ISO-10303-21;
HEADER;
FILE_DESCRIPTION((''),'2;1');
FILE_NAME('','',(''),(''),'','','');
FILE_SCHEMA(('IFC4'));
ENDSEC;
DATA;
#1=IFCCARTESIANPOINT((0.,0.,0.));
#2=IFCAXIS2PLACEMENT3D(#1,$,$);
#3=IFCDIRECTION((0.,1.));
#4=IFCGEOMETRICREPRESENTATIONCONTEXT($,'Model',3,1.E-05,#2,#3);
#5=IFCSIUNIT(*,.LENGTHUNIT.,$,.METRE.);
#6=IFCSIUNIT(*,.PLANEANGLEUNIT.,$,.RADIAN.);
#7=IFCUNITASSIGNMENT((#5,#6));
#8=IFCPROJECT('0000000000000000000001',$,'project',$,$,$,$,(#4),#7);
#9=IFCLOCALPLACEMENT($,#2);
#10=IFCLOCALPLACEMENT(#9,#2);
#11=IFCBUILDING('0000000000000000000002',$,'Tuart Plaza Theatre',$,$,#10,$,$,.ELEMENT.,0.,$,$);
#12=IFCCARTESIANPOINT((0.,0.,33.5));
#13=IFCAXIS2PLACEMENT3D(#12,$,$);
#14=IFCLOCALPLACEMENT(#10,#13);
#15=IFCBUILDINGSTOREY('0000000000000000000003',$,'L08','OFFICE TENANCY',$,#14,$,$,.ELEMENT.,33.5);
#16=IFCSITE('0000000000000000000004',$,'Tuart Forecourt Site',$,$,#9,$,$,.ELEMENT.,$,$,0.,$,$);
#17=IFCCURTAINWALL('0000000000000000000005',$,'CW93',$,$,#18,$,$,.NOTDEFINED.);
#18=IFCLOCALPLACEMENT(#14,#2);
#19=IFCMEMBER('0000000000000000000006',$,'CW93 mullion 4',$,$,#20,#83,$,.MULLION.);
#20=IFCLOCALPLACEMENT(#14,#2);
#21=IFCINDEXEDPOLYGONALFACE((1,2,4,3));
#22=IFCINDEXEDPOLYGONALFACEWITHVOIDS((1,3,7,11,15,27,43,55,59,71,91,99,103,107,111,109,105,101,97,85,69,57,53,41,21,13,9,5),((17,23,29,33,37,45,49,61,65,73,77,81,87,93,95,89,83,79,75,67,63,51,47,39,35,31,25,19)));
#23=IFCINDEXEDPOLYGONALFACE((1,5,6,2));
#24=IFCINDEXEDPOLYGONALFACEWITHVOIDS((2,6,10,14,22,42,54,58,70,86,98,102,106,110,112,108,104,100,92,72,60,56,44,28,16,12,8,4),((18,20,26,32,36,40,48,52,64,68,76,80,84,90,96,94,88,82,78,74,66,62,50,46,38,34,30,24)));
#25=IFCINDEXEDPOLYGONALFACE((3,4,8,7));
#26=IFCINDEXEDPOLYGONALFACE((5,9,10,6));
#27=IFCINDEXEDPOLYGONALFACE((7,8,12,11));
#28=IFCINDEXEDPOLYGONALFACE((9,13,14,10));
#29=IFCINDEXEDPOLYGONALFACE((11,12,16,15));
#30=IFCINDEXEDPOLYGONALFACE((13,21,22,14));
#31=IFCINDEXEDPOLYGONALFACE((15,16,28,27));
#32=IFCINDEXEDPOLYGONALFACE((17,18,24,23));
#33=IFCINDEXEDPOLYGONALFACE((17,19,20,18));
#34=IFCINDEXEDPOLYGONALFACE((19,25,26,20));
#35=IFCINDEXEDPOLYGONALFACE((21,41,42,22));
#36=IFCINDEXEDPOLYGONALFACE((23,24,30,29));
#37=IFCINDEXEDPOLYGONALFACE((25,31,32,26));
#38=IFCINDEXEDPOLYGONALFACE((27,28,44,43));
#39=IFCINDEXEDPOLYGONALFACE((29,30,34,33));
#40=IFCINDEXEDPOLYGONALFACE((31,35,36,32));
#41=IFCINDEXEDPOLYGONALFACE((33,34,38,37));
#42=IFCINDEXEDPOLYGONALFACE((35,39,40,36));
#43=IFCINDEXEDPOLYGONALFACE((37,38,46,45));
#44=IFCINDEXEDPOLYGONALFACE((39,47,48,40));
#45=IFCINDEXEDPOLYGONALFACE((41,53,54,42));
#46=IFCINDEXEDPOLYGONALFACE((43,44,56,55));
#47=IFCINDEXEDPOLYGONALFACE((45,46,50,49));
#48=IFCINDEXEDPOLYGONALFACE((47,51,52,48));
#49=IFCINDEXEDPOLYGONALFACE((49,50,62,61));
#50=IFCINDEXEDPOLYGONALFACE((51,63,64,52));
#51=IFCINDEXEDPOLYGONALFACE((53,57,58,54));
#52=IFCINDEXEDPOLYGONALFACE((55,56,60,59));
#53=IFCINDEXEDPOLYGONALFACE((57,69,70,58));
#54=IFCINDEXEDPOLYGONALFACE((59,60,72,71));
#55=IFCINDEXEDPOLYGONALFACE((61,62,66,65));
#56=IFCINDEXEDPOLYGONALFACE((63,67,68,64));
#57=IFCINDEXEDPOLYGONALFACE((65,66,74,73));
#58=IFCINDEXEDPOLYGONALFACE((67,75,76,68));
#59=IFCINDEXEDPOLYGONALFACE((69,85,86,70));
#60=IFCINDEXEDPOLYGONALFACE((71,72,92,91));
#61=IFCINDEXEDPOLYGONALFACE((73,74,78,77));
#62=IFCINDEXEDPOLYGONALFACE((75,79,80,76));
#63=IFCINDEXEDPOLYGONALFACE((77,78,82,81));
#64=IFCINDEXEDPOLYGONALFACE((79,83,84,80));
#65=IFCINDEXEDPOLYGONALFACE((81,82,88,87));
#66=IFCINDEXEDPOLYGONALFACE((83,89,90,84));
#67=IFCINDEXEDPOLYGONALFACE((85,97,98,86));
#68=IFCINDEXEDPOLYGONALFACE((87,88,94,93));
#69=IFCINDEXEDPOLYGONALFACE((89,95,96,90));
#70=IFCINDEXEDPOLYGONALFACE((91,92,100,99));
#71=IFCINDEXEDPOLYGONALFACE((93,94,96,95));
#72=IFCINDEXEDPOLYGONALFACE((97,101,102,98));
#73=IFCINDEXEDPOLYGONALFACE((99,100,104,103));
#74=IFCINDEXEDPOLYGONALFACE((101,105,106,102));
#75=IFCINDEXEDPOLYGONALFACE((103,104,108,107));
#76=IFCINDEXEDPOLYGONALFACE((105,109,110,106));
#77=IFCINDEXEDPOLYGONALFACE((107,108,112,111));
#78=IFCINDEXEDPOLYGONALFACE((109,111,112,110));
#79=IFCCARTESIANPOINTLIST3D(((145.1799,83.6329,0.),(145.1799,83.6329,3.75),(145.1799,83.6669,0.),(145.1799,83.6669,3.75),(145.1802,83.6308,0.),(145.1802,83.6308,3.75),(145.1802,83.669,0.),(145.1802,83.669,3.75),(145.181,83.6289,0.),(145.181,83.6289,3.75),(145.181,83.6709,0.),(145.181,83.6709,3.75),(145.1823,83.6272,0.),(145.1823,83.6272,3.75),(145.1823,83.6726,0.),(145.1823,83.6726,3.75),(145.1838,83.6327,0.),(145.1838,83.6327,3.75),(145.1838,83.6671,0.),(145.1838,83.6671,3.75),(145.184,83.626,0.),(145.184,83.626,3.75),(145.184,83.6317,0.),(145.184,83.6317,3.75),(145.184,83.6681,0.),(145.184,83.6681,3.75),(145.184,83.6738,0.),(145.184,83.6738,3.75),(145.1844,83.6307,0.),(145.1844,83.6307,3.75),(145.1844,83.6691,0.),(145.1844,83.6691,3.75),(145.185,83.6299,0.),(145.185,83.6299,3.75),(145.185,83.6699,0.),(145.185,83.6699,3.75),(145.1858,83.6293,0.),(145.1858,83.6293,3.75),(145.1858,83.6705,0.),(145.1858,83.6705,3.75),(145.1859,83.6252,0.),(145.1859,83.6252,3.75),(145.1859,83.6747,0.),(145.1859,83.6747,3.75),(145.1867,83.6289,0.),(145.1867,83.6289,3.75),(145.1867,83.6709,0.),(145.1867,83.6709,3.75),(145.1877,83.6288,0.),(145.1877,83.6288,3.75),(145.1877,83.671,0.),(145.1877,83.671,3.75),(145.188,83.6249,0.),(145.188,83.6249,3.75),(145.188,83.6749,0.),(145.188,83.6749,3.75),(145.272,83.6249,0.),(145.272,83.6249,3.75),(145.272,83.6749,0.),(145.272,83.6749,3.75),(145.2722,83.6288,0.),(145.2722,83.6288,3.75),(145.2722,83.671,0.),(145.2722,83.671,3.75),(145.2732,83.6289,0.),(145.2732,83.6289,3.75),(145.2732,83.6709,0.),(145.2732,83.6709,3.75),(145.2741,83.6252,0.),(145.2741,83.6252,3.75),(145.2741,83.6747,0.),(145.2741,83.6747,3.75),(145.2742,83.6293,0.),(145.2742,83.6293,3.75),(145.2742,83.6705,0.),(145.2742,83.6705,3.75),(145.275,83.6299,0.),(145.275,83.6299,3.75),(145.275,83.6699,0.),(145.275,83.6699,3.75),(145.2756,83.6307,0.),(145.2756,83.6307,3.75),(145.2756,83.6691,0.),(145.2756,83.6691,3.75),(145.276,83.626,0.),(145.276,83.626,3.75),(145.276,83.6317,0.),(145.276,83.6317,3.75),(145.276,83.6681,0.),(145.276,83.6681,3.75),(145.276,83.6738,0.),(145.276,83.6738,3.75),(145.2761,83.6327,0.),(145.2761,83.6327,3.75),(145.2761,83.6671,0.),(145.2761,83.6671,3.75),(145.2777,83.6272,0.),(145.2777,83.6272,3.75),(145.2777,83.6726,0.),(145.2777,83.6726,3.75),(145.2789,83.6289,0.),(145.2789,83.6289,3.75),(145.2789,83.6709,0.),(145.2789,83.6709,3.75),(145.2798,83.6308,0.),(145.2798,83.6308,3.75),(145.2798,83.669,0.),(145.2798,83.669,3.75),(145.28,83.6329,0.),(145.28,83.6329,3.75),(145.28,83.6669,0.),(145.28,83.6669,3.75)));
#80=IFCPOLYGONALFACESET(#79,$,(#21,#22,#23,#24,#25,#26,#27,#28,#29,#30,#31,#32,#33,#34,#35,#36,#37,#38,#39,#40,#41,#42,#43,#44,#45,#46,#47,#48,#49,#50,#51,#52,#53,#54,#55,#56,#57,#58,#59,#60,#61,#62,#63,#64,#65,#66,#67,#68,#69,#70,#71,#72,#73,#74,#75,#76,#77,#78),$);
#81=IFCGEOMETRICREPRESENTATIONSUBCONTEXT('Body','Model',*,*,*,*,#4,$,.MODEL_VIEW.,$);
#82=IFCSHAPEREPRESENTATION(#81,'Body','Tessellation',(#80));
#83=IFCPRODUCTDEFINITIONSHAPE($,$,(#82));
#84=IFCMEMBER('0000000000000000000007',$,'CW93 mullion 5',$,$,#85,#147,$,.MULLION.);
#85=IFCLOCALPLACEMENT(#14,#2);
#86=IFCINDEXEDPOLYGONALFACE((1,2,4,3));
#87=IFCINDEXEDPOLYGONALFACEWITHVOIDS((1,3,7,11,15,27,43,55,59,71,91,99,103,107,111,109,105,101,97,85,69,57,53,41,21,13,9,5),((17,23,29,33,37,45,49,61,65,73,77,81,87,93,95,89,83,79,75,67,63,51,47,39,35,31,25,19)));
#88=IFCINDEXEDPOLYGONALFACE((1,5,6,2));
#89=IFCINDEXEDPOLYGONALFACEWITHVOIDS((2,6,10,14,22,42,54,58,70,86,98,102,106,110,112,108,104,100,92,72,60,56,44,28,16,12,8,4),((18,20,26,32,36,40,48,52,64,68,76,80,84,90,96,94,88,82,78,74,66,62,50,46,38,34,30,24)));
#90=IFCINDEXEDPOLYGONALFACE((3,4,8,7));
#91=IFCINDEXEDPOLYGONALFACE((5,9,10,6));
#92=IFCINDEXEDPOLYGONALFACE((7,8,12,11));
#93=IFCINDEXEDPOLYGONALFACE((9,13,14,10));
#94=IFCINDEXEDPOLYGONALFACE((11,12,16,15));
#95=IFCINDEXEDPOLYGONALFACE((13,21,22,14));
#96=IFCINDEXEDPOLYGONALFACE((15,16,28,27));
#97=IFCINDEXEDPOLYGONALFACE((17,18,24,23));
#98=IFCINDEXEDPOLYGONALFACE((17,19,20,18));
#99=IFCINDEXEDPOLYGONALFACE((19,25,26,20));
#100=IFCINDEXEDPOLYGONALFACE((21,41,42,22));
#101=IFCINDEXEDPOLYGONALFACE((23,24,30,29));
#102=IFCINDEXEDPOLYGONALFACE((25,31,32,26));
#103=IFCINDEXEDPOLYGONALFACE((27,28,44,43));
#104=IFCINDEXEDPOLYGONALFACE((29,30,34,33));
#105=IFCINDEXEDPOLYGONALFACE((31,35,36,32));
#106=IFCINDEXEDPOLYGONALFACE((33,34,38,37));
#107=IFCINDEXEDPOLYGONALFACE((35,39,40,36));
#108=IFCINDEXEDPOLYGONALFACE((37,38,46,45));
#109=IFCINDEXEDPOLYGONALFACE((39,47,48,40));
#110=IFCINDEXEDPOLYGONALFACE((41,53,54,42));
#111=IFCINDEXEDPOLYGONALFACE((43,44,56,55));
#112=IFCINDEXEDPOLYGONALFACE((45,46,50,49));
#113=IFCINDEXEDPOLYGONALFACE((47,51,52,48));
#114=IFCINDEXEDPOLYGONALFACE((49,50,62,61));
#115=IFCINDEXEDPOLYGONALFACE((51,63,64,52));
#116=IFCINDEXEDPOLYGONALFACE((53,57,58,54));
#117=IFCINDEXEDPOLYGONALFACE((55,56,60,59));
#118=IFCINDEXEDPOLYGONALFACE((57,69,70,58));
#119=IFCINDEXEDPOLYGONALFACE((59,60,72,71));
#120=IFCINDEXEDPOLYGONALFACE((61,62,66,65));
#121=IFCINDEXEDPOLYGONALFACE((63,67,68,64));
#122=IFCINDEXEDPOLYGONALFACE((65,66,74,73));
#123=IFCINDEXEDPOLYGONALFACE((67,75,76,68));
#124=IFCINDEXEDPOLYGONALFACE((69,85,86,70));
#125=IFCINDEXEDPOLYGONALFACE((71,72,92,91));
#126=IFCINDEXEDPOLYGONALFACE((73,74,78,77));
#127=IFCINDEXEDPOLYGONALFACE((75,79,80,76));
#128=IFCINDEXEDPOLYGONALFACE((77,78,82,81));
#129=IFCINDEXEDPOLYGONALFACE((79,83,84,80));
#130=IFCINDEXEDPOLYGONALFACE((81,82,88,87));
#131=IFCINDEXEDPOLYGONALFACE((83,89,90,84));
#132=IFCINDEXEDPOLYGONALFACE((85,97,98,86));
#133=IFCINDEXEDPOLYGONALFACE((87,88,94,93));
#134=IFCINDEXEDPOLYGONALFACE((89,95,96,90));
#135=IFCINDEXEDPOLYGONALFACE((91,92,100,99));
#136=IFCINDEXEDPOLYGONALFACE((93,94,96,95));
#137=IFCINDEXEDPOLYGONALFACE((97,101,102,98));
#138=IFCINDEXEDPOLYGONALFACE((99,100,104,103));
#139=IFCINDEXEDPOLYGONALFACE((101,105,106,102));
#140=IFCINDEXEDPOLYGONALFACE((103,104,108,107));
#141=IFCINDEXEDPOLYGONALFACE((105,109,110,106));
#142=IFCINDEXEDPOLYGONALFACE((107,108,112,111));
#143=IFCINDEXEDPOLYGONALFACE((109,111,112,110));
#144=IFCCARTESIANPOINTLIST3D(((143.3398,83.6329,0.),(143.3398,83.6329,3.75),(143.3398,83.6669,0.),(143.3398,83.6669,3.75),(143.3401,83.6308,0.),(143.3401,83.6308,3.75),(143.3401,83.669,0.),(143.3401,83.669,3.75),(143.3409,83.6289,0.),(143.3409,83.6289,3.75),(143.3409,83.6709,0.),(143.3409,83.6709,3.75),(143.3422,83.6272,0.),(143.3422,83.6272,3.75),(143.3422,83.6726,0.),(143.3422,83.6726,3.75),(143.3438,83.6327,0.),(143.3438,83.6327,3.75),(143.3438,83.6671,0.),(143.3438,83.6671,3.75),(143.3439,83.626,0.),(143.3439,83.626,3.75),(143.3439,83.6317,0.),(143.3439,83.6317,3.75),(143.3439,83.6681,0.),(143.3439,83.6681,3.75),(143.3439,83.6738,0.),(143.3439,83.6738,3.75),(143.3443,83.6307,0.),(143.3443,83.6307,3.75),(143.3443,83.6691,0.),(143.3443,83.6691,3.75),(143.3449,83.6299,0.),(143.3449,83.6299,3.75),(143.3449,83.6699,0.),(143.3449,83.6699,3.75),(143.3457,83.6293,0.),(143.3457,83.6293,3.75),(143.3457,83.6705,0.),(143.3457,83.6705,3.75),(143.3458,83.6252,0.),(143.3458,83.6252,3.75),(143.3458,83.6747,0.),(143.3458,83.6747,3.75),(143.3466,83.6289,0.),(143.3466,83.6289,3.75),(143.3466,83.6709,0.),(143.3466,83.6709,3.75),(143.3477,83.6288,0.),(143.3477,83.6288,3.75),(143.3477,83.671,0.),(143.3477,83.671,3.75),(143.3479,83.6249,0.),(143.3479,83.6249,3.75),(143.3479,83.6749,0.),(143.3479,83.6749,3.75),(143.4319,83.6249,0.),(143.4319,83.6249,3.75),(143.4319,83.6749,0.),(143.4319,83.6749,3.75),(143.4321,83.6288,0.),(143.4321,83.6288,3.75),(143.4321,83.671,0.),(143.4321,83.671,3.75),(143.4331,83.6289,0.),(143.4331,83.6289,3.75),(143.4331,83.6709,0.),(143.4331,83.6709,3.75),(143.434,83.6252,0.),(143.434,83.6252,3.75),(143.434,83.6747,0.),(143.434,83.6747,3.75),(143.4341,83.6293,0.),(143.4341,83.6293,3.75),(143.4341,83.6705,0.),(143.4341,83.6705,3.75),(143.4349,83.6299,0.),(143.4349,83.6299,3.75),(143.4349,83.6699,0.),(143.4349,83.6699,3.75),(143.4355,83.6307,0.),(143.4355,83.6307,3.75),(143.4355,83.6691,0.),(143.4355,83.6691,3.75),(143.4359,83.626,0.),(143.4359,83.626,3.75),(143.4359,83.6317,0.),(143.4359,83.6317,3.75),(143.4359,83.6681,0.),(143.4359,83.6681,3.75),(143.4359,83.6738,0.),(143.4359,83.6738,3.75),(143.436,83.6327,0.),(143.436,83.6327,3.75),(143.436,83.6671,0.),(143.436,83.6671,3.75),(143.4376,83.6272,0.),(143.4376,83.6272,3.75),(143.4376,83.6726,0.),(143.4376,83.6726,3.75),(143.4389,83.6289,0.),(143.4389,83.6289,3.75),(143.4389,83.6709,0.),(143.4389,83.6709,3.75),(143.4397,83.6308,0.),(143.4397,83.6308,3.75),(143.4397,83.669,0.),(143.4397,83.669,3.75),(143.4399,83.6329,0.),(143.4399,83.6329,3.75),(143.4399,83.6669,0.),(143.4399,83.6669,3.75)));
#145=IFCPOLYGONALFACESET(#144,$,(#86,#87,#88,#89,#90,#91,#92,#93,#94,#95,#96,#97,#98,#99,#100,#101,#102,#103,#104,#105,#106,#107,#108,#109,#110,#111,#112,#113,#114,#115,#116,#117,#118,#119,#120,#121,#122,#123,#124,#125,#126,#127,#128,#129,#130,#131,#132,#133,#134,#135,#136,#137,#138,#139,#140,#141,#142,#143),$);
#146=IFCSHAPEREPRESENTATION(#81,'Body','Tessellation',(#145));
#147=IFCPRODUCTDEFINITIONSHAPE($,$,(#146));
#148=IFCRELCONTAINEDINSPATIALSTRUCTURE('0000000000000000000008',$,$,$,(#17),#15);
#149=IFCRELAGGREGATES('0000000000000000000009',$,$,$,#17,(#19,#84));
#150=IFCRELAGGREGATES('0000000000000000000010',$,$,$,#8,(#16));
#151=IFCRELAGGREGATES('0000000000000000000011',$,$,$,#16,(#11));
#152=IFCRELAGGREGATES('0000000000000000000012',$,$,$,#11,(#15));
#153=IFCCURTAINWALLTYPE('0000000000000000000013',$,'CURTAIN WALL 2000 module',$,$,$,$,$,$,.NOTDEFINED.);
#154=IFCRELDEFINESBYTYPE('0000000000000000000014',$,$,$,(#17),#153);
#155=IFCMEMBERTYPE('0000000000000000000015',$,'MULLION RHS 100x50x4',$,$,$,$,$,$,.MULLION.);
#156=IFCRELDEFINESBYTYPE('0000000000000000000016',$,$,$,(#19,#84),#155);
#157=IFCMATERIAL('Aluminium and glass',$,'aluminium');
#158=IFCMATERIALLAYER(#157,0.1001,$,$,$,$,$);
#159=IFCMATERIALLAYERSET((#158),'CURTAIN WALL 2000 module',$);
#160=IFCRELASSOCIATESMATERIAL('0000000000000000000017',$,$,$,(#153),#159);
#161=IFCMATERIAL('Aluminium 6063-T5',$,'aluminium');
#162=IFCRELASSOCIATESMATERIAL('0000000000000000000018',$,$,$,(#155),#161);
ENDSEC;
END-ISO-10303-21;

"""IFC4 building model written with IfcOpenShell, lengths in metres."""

from ifc_helpers import new_model, si_unit, direction, frame, origin, origin_2d, place, context, subcontext, project, spatial, hollow_rectangle, extrude, material, layer, layer_set, material_profile, profile_set, type_object, element, aggregate, save


model = new_model("IFC4")

# Units and contexts
model_context = context("Model", 3, precision=1e-05, world=origin(), true_north=direction((0.0, 1.0)))
body_context = subcontext(model_context, "Body", "Model", "MODEL_VIEW")
ifc_project = project(units=[si_unit("LENGTHUNIT", "METRE"), si_unit("PLANEANGLEUNIT", "RADIAN")], contexts=[model_context])

# Site, building, storey
site_placement = place(None, origin())
site = spatial("IfcSite", under=ifc_project, at=site_placement, Name="Tuart Forecourt Site", CompositionType="ELEMENT", RefElevation=0.0)
building_placement = place(site_placement, origin())
building = spatial("IfcBuilding", under=site, at=building_placement, Name="Tuart Plaza Theatre", CompositionType="ELEMENT", ElevationOfRefHeight=0.0)
storey_placement = place(building_placement, frame((0.0, 0.0, 33.5)))
storey = spatial("IfcBuildingStorey", under=building, at=storey_placement, Name="L08", Description="OFFICE TENANCY", CompositionType="ELEMENT", Elevation=33.5)

# Curtain wall, members
ifc_material_1 = material(Name="Aluminium and glass", Category="aluminium")
ifc_layer_1 = layer(ifc_material_1, 0.1001)
ifc_layer_set_1 = layer_set([ifc_layer_1], Name="CURTAIN WALL 2000 module")
curtain_wall_type = type_object("IfcCurtainWallType", Name="CURTAIN WALL 2000 module", PredefinedType="NOTDEFINED", material=ifc_layer_set_1)
ifc_material_2 = material(Name="Aluminium 6063-T5", Category="aluminium")
ifc_material_profile_1 = material_profile(ifc_material_2, hollow_rectangle(XDim=0.05, YDim=0.1001, WallThickness=0.0039, InnerFilletRadius=0.0039, OuterFilletRadius=0.0081, at=origin_2d()), Name="RHS 100x50x4")
ifc_profile_set_1 = profile_set([ifc_material_profile_1], Name="Aluminium 6063-T5")
member_type_1 = type_object("IfcMemberType", Name="MULLION RHS 100x50x4", PredefinedType="MULLION", material=ifc_profile_set_1)
curtain_wall_1_placement = place(storey_placement, origin())
curtain_wall_1 = element("IfcCurtainWall", 1, at=curtain_wall_1_placement, inside=storey, type_object=curtain_wall_type, Name="CW93", PredefinedType="NOTDEFINED")
member_1_placement = place(storey_placement, frame((145.23, 83.6499, 0.0), z_axis=(0.0, 0.0, 1.0), x_axis=(0.0, -1.0, 0.0)))
member_1 = element("IfcMember", 2, at=member_1_placement, type_object=member_type_1, Name="CW93 mullion 4", PredefinedType="MULLION", context=body_context, shape_type="SweptSolid", body=[
    extrude(hollow_rectangle(XDim=0.05, YDim=0.1001, WallThickness=0.0039, InnerFilletRadius=0.0039, OuterFilletRadius=0.0081, at=origin_2d()), origin(), (0.0, 0.0, 1.0), 3.75),
])
member_2_placement = place(storey_placement, frame((143.3899, 83.6499, 0.0), z_axis=(0.0, 0.0, 1.0), x_axis=(0.0, -1.0, 0.0)))
member_2 = element("IfcMember", 3, at=member_2_placement, type_object=member_type_1, Name="CW93 mullion 5", PredefinedType="MULLION", context=body_context, shape_type="SweptSolid", body=[
    extrude(hollow_rectangle(XDim=0.05, YDim=0.1001, WallThickness=0.0039, InnerFilletRadius=0.0039, OuterFilletRadius=0.0081, at=origin_2d()), origin(), (0.0, 0.0, 1.0), 3.75),
])

aggregate(curtain_wall_1, [member_1, member_2])

save(model, "model.ifc")
